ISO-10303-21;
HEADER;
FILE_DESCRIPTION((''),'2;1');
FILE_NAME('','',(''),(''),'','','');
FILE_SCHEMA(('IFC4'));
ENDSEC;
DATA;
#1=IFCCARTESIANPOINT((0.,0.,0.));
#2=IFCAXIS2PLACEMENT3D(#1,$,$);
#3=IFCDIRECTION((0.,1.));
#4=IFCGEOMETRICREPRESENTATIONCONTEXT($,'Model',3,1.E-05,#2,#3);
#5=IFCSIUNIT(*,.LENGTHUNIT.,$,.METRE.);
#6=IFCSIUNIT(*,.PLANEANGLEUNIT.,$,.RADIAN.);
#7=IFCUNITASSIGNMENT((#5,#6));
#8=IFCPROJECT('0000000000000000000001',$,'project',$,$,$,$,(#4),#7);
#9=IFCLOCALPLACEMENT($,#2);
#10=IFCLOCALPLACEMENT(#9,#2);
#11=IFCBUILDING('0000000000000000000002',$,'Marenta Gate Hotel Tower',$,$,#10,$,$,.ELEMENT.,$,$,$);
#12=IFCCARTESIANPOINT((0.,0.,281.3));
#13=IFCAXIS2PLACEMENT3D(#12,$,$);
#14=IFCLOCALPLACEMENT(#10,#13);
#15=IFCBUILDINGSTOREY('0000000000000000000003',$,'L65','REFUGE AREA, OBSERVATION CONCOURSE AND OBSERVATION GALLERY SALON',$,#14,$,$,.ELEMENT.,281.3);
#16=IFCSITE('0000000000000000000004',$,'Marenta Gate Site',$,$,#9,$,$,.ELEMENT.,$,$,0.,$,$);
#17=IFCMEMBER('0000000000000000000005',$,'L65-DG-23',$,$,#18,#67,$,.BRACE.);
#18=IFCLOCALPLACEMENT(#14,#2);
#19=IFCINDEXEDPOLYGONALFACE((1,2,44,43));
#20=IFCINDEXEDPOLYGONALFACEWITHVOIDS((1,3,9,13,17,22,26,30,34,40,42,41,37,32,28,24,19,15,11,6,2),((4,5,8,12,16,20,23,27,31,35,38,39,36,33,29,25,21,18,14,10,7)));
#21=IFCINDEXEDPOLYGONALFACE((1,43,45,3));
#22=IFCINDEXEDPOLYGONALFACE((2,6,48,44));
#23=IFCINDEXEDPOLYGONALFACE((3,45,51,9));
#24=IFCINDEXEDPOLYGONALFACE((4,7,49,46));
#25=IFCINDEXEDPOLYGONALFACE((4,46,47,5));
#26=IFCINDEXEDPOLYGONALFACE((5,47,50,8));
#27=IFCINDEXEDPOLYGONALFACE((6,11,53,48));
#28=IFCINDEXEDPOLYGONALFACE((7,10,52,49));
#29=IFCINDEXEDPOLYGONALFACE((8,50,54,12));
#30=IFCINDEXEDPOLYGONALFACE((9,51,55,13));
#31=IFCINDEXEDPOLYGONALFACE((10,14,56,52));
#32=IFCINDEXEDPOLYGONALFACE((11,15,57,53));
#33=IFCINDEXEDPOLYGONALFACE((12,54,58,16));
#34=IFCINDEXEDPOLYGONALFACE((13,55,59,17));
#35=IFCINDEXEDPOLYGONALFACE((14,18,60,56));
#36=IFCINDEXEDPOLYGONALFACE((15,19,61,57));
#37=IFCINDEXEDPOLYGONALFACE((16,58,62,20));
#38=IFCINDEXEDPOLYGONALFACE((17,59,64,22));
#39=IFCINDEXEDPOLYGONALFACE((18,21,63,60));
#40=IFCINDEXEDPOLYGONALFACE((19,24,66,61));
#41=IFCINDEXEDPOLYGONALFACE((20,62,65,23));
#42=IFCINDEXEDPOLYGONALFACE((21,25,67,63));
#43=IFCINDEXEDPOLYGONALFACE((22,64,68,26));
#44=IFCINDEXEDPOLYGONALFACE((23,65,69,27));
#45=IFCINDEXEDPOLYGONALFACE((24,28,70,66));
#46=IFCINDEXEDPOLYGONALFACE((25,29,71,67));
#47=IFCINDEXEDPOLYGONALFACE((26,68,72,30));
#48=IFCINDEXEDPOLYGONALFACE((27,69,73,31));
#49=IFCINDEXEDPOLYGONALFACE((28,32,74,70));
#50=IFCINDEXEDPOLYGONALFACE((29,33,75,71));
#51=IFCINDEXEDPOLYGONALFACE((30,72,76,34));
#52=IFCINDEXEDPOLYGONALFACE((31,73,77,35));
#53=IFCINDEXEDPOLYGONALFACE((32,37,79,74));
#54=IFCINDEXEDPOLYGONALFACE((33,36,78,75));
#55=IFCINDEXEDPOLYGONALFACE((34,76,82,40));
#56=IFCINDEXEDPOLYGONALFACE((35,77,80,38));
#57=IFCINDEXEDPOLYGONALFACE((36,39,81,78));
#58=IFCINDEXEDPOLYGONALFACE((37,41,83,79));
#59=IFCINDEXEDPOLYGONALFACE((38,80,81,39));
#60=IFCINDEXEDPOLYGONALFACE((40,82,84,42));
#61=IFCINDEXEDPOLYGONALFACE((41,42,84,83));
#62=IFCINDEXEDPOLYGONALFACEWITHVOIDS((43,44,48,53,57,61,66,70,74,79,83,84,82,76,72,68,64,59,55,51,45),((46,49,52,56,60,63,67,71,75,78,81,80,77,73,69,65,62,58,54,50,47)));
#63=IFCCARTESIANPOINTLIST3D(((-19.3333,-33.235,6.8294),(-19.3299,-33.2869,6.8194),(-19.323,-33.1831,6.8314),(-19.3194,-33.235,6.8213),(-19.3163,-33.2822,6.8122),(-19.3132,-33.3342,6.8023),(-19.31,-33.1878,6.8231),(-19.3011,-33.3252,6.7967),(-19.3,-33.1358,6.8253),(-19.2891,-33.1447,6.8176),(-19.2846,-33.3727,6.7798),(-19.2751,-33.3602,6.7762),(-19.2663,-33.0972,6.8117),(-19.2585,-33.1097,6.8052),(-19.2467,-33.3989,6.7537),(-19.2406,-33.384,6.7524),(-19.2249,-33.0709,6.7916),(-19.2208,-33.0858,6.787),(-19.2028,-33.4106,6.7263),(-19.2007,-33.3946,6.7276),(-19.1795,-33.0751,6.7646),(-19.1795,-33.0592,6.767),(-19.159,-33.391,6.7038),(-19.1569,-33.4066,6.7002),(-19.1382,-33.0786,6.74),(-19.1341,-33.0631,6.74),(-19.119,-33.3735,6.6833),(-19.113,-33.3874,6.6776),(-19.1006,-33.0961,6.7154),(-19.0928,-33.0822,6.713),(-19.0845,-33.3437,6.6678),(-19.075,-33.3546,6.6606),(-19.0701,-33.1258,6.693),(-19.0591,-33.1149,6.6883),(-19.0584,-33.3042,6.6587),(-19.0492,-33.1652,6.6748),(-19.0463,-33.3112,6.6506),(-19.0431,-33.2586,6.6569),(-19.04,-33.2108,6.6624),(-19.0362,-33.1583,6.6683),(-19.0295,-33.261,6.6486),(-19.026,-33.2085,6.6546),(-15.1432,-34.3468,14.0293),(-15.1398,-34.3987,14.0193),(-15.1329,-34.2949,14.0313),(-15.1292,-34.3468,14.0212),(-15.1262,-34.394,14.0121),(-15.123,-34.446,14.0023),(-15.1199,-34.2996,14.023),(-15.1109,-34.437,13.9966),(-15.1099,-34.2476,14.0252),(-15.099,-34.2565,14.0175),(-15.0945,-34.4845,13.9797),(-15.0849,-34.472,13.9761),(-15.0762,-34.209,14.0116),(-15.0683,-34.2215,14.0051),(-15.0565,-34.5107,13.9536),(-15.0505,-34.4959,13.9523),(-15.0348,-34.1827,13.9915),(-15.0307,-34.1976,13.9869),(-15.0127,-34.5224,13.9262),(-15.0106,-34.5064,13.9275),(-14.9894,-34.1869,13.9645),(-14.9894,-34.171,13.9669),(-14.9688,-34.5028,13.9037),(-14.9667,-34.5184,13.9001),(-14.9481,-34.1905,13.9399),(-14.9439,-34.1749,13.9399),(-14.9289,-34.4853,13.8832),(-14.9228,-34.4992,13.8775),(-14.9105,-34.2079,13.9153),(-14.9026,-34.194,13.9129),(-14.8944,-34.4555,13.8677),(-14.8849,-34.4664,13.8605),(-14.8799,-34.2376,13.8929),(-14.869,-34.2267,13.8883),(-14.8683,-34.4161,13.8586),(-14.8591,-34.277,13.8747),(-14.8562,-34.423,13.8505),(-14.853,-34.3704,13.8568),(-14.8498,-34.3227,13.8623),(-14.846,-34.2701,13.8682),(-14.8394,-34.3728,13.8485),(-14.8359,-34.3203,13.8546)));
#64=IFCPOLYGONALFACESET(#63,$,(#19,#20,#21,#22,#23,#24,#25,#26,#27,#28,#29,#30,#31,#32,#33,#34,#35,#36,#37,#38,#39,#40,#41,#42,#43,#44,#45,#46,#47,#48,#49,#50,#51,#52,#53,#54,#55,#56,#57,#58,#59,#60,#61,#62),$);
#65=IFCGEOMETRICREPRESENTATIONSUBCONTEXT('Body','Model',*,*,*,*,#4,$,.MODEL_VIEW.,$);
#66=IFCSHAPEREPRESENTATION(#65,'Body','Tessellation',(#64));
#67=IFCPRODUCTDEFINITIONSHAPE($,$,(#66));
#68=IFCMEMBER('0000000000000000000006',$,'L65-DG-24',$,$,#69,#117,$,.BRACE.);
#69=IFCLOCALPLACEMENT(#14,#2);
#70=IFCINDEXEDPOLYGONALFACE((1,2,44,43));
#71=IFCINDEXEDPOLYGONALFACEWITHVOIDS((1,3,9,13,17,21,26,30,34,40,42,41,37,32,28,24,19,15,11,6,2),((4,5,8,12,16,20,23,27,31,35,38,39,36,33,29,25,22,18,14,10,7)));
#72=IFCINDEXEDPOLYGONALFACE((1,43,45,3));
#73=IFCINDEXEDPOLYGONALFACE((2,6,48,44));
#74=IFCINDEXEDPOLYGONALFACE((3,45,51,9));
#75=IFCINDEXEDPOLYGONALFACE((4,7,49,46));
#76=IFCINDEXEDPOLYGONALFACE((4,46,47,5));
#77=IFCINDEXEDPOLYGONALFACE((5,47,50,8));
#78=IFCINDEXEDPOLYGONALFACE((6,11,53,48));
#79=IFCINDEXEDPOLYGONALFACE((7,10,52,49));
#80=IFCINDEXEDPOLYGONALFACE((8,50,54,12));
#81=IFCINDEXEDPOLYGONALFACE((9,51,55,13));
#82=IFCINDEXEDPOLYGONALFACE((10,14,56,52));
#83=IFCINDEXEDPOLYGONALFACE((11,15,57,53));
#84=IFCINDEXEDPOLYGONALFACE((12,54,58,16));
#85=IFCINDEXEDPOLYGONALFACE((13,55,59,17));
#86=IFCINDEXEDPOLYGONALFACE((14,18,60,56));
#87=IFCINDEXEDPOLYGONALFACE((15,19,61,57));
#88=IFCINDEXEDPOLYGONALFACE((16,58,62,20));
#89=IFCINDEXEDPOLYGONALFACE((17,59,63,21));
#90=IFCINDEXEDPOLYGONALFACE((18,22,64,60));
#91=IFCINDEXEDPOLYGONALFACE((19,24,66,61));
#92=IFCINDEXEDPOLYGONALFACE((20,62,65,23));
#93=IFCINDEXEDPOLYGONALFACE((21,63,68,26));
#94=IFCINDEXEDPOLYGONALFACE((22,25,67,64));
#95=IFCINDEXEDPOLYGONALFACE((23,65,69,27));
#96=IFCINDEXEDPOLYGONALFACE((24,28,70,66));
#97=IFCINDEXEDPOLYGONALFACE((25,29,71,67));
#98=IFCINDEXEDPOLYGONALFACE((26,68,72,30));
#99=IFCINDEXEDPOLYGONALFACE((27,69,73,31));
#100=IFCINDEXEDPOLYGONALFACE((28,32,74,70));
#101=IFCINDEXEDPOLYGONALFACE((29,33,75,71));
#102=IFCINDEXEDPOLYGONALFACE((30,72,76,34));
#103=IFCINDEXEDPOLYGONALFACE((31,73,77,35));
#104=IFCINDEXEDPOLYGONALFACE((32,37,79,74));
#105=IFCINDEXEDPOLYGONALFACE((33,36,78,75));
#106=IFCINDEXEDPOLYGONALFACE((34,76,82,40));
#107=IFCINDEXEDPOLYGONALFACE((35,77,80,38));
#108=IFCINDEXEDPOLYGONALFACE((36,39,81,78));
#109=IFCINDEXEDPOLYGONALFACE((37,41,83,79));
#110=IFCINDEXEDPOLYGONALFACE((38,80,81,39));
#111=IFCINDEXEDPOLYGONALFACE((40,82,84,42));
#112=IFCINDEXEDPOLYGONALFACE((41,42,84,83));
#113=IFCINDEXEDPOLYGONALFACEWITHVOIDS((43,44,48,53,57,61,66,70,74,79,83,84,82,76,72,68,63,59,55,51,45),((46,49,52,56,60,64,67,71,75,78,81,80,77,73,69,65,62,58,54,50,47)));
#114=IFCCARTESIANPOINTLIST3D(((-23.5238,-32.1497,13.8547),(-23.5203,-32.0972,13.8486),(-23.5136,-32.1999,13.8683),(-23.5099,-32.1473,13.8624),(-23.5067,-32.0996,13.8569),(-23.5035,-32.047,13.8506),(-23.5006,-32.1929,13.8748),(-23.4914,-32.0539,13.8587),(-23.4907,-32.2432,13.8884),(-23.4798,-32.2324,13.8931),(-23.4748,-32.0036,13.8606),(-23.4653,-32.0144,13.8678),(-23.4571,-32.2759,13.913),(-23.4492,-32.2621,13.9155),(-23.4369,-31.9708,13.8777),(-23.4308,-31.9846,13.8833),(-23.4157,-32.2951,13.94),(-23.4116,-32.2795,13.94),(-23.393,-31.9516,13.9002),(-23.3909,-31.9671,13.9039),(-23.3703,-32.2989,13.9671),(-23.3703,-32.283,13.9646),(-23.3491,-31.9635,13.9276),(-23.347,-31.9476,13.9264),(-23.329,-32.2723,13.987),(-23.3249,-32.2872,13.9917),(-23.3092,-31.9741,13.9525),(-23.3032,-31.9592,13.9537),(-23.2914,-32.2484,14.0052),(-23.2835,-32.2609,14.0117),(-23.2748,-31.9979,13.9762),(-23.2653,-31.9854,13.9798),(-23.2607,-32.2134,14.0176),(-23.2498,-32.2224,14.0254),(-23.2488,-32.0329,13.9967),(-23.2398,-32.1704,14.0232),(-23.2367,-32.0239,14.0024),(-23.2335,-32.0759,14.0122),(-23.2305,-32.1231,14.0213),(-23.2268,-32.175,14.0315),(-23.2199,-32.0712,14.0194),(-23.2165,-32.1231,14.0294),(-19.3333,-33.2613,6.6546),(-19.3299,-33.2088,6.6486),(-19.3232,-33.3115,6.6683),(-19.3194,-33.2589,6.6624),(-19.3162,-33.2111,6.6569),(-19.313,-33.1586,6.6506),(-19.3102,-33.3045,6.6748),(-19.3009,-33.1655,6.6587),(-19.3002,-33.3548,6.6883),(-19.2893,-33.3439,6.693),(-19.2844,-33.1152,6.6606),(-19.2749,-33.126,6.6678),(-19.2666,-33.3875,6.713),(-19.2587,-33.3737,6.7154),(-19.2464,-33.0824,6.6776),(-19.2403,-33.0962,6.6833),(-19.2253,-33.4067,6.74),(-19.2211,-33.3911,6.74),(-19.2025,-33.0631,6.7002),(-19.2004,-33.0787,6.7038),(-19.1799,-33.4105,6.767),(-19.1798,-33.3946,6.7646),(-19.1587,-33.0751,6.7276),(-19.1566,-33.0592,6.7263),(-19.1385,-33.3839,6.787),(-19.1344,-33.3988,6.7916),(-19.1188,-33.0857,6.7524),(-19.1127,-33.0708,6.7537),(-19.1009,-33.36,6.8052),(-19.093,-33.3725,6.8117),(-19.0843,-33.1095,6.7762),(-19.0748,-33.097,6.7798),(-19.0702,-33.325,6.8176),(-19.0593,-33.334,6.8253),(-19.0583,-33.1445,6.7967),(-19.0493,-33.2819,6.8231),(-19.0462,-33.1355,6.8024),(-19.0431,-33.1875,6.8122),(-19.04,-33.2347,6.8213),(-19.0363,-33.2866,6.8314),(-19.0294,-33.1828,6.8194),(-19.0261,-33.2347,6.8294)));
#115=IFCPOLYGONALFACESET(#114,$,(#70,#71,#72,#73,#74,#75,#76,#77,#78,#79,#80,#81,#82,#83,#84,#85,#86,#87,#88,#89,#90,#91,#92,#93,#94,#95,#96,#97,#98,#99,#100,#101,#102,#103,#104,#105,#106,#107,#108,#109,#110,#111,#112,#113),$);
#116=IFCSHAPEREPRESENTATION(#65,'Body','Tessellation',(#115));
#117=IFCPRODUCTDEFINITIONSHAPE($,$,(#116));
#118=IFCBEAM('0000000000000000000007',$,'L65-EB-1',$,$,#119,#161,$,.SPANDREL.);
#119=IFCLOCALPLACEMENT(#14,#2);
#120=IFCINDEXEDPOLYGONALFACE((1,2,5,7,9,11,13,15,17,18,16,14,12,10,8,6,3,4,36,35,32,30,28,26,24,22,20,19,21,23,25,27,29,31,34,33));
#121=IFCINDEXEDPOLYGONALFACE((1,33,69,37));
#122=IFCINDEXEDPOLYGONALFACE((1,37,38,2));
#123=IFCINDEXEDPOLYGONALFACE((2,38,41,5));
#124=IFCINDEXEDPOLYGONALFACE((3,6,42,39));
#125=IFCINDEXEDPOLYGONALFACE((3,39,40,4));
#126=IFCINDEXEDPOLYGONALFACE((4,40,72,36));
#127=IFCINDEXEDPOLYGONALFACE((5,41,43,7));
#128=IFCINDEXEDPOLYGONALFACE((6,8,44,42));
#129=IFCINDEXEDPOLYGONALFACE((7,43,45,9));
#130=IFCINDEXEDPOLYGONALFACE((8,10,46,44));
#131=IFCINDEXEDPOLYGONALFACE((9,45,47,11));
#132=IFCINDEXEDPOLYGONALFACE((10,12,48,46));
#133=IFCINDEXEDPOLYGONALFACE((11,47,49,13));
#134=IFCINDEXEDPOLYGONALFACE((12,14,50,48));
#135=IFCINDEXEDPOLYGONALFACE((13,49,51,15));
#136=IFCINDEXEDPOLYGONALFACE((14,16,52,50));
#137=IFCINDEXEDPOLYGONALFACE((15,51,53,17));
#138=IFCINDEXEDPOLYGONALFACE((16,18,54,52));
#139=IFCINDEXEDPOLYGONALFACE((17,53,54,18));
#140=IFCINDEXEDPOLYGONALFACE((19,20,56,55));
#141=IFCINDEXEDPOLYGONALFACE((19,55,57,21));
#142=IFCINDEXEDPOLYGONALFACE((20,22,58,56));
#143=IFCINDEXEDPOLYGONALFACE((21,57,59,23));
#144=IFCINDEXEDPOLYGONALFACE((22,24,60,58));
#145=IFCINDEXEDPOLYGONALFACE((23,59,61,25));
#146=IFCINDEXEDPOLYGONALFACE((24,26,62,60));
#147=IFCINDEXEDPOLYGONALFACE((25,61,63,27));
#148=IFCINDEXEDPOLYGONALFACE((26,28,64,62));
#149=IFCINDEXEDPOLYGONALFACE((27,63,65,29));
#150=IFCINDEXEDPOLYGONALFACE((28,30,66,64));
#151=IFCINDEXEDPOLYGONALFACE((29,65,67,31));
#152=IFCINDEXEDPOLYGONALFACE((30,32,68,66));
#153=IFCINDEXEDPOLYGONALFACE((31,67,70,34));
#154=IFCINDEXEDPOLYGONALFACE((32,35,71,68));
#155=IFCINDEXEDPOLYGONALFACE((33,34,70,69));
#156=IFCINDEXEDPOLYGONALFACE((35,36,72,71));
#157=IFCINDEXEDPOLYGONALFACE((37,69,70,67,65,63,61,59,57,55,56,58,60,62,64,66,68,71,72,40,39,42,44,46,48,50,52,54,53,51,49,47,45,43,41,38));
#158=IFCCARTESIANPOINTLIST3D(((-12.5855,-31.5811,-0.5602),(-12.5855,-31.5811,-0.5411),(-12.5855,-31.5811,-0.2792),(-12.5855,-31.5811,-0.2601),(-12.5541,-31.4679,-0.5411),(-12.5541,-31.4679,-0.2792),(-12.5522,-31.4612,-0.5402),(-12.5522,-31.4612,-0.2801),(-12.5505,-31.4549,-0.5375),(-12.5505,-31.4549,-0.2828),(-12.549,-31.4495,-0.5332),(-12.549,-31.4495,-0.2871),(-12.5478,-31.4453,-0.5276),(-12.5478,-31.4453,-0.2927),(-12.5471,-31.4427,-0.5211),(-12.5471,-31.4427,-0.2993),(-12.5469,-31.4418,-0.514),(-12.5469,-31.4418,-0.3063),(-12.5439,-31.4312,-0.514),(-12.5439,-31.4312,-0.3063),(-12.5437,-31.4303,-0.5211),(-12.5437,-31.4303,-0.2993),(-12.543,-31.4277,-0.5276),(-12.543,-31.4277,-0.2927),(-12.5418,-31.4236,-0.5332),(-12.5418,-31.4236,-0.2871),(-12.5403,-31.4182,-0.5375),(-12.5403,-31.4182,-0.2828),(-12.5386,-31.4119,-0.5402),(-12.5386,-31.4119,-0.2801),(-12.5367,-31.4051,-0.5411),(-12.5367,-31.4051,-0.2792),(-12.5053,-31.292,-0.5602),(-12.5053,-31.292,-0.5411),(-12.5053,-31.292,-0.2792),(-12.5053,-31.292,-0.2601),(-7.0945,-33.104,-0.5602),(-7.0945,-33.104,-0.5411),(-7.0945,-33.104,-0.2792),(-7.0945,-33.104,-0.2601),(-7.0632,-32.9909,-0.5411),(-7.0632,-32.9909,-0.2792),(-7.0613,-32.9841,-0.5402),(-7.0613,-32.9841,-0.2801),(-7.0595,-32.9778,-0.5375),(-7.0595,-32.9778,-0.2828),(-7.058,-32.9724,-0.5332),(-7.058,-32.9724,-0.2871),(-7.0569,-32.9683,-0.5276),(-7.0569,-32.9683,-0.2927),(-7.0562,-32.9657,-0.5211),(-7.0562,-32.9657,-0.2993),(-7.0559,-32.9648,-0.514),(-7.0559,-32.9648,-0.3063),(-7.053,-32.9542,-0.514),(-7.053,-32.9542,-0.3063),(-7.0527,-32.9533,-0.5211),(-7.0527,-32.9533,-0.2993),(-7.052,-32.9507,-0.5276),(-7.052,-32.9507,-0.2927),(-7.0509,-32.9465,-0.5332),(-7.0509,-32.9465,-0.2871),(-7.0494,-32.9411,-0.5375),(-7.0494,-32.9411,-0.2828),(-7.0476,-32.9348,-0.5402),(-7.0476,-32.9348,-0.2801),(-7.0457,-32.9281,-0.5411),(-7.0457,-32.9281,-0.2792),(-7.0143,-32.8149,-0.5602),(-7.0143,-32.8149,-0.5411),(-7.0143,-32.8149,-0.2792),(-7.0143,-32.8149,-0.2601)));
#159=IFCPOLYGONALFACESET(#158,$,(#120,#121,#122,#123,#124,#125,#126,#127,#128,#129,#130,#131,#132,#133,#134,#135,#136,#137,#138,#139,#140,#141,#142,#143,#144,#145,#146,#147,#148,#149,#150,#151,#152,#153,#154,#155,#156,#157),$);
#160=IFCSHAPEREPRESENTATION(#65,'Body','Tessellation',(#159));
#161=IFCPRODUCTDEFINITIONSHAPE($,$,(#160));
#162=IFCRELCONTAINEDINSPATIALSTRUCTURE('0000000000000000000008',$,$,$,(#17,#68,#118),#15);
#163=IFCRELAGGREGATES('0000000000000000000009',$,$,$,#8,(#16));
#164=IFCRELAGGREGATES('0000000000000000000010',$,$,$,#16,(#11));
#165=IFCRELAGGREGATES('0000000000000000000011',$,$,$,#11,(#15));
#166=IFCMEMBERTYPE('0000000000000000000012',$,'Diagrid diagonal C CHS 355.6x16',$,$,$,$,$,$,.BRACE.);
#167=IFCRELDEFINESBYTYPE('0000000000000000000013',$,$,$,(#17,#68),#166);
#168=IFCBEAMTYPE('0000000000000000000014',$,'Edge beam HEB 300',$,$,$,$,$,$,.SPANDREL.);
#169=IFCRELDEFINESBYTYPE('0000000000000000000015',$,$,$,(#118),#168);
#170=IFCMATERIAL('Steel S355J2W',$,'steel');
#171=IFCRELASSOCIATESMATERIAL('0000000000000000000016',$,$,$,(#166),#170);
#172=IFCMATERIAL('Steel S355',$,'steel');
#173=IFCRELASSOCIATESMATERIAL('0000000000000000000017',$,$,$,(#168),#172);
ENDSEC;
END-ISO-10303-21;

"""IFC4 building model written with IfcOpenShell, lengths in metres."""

from ifc_helpers import new_model, si_unit, direction, frame, origin, origin_2d, place, context, subcontext, project, spatial, hollow_circle, i_section, extrude, material, material_profile, profile_set, type_object, element, save


model = new_model("IFC4")

# Units and contexts
model_context = context("Model", 3, precision=1e-05, world=origin(), true_north=direction((0.0, 1.0)))
body_context = subcontext(model_context, "Body", "Model", "MODEL_VIEW")
ifc_project = project(units=[si_unit("LENGTHUNIT", "METRE"), si_unit("PLANEANGLEUNIT", "RADIAN")], contexts=[model_context])

# Site, building, storey
site_placement = place(None, origin())
site = spatial("IfcSite", under=ifc_project, at=site_placement, Name="Marenta Gate Site", CompositionType="ELEMENT", RefElevation=0.0)
building_placement = place(site_placement, origin())
building = spatial("IfcBuilding", under=site, at=building_placement, Name="Marenta Gate Hotel Tower", CompositionType="ELEMENT")
storey_placement = place(building_placement, frame((0.0, 0.0, 281.3)))
storey = spatial("IfcBuildingStorey", under=building, at=storey_placement, Name="L65", Description="REFUGE AREA, OBSERVATION CONCOURSE AND OBSERVATION GALLERY SALON", CompositionType="ELEMENT", Elevation=281.3)

# Members
ifc_material_1 = material(Name="Steel S355J2W", Category="steel")
ifc_material_profile_1 = material_profile(ifc_material_1, hollow_circle(Radius=0.1777, WallThickness=0.0161, at=origin_2d()), Name="CHS 355.6x16")
ifc_profile_set_1 = profile_set([ifc_material_profile_1], Name="Steel S355J2W")
member_type_1 = type_object("IfcMemberType", Name="Diagrid diagonal C CHS 355.6x16", PredefinedType="BRACE", material=ifc_profile_set_1)
for number, where, z_axis, x_axis, name in (
    (1, (-19.1797, -33.2349, 6.74), (0.498573, -0.132291, 0.856693), (0.256464, 0.966554, 0.0), "L65-DG-23"),
):
    element("IfcMember", number, at=place(storey_placement, frame(where, z_axis=z_axis, x_axis=x_axis)), inside=storey, type_object=member_type_1, Name=name, PredefinedType="BRACE", context=body_context, shape_type="SweptSolid", body=[
        extrude(hollow_circle(Radius=0.1777, WallThickness=0.0161, at=origin_2d()), origin(), (0.0, 0.0, 1.0), 8.4043),
    ])
member_1_placement = place(storey_placement, frame((-19.1797, -33.2349, 6.74), z_axis=(-0.498597, 0.13226, 0.856684), x_axis=(-0.256397, -0.966572, 0.0)))
element("IfcMember", 2, at=member_1_placement, inside=storey, type_object=member_type_1, Name="L65-DG-24", PredefinedType="BRACE", context=body_context, shape_type="SweptSolid", body=[
    extrude(hollow_circle(Radius=0.1777, WallThickness=0.0161, at=origin_2d()), origin(), (0.0, 0.0, 1.0), 8.4045),
])

# Beam
ifc_material_2 = material(Name="Steel S355", Category="steel")
ifc_material_profile_2 = material_profile(ifc_material_2, i_section(OverallWidth=0.3, OverallDepth=0.3, WebThickness=0.011, FlangeThickness=0.019, FilletRadius=0.0271, at=origin_2d()), Name="HEB 300")
ifc_profile_set_2 = profile_set([ifc_material_profile_2], Name="Steel S355")
beam_type = type_object("IfcBeamType", Name="Edge beam HEB 300", PredefinedType="SPANDREL", material=ifc_profile_set_2)
beam_1_placement = place(storey_placement, frame((-7.0544, -32.9595, -0.4102), z_axis=(-0.963623, 0.267266, 0.0), x_axis=(-0.267266, -0.963623, 0.0)))
element("IfcBeam", 3, at=beam_1_placement, inside=storey, type_object=beam_type, Name="L65-EB-1", PredefinedType="SPANDREL", context=body_context, shape_type="SweptSolid", body=[
    extrude(i_section(OverallWidth=0.3, OverallDepth=0.3, WebThickness=0.011, FlangeThickness=0.019, FilletRadius=0.0271, at=origin_2d()), origin(), (0.0, 0.0, 1.0), 5.6982),
])

save(model, "model.ifc")
